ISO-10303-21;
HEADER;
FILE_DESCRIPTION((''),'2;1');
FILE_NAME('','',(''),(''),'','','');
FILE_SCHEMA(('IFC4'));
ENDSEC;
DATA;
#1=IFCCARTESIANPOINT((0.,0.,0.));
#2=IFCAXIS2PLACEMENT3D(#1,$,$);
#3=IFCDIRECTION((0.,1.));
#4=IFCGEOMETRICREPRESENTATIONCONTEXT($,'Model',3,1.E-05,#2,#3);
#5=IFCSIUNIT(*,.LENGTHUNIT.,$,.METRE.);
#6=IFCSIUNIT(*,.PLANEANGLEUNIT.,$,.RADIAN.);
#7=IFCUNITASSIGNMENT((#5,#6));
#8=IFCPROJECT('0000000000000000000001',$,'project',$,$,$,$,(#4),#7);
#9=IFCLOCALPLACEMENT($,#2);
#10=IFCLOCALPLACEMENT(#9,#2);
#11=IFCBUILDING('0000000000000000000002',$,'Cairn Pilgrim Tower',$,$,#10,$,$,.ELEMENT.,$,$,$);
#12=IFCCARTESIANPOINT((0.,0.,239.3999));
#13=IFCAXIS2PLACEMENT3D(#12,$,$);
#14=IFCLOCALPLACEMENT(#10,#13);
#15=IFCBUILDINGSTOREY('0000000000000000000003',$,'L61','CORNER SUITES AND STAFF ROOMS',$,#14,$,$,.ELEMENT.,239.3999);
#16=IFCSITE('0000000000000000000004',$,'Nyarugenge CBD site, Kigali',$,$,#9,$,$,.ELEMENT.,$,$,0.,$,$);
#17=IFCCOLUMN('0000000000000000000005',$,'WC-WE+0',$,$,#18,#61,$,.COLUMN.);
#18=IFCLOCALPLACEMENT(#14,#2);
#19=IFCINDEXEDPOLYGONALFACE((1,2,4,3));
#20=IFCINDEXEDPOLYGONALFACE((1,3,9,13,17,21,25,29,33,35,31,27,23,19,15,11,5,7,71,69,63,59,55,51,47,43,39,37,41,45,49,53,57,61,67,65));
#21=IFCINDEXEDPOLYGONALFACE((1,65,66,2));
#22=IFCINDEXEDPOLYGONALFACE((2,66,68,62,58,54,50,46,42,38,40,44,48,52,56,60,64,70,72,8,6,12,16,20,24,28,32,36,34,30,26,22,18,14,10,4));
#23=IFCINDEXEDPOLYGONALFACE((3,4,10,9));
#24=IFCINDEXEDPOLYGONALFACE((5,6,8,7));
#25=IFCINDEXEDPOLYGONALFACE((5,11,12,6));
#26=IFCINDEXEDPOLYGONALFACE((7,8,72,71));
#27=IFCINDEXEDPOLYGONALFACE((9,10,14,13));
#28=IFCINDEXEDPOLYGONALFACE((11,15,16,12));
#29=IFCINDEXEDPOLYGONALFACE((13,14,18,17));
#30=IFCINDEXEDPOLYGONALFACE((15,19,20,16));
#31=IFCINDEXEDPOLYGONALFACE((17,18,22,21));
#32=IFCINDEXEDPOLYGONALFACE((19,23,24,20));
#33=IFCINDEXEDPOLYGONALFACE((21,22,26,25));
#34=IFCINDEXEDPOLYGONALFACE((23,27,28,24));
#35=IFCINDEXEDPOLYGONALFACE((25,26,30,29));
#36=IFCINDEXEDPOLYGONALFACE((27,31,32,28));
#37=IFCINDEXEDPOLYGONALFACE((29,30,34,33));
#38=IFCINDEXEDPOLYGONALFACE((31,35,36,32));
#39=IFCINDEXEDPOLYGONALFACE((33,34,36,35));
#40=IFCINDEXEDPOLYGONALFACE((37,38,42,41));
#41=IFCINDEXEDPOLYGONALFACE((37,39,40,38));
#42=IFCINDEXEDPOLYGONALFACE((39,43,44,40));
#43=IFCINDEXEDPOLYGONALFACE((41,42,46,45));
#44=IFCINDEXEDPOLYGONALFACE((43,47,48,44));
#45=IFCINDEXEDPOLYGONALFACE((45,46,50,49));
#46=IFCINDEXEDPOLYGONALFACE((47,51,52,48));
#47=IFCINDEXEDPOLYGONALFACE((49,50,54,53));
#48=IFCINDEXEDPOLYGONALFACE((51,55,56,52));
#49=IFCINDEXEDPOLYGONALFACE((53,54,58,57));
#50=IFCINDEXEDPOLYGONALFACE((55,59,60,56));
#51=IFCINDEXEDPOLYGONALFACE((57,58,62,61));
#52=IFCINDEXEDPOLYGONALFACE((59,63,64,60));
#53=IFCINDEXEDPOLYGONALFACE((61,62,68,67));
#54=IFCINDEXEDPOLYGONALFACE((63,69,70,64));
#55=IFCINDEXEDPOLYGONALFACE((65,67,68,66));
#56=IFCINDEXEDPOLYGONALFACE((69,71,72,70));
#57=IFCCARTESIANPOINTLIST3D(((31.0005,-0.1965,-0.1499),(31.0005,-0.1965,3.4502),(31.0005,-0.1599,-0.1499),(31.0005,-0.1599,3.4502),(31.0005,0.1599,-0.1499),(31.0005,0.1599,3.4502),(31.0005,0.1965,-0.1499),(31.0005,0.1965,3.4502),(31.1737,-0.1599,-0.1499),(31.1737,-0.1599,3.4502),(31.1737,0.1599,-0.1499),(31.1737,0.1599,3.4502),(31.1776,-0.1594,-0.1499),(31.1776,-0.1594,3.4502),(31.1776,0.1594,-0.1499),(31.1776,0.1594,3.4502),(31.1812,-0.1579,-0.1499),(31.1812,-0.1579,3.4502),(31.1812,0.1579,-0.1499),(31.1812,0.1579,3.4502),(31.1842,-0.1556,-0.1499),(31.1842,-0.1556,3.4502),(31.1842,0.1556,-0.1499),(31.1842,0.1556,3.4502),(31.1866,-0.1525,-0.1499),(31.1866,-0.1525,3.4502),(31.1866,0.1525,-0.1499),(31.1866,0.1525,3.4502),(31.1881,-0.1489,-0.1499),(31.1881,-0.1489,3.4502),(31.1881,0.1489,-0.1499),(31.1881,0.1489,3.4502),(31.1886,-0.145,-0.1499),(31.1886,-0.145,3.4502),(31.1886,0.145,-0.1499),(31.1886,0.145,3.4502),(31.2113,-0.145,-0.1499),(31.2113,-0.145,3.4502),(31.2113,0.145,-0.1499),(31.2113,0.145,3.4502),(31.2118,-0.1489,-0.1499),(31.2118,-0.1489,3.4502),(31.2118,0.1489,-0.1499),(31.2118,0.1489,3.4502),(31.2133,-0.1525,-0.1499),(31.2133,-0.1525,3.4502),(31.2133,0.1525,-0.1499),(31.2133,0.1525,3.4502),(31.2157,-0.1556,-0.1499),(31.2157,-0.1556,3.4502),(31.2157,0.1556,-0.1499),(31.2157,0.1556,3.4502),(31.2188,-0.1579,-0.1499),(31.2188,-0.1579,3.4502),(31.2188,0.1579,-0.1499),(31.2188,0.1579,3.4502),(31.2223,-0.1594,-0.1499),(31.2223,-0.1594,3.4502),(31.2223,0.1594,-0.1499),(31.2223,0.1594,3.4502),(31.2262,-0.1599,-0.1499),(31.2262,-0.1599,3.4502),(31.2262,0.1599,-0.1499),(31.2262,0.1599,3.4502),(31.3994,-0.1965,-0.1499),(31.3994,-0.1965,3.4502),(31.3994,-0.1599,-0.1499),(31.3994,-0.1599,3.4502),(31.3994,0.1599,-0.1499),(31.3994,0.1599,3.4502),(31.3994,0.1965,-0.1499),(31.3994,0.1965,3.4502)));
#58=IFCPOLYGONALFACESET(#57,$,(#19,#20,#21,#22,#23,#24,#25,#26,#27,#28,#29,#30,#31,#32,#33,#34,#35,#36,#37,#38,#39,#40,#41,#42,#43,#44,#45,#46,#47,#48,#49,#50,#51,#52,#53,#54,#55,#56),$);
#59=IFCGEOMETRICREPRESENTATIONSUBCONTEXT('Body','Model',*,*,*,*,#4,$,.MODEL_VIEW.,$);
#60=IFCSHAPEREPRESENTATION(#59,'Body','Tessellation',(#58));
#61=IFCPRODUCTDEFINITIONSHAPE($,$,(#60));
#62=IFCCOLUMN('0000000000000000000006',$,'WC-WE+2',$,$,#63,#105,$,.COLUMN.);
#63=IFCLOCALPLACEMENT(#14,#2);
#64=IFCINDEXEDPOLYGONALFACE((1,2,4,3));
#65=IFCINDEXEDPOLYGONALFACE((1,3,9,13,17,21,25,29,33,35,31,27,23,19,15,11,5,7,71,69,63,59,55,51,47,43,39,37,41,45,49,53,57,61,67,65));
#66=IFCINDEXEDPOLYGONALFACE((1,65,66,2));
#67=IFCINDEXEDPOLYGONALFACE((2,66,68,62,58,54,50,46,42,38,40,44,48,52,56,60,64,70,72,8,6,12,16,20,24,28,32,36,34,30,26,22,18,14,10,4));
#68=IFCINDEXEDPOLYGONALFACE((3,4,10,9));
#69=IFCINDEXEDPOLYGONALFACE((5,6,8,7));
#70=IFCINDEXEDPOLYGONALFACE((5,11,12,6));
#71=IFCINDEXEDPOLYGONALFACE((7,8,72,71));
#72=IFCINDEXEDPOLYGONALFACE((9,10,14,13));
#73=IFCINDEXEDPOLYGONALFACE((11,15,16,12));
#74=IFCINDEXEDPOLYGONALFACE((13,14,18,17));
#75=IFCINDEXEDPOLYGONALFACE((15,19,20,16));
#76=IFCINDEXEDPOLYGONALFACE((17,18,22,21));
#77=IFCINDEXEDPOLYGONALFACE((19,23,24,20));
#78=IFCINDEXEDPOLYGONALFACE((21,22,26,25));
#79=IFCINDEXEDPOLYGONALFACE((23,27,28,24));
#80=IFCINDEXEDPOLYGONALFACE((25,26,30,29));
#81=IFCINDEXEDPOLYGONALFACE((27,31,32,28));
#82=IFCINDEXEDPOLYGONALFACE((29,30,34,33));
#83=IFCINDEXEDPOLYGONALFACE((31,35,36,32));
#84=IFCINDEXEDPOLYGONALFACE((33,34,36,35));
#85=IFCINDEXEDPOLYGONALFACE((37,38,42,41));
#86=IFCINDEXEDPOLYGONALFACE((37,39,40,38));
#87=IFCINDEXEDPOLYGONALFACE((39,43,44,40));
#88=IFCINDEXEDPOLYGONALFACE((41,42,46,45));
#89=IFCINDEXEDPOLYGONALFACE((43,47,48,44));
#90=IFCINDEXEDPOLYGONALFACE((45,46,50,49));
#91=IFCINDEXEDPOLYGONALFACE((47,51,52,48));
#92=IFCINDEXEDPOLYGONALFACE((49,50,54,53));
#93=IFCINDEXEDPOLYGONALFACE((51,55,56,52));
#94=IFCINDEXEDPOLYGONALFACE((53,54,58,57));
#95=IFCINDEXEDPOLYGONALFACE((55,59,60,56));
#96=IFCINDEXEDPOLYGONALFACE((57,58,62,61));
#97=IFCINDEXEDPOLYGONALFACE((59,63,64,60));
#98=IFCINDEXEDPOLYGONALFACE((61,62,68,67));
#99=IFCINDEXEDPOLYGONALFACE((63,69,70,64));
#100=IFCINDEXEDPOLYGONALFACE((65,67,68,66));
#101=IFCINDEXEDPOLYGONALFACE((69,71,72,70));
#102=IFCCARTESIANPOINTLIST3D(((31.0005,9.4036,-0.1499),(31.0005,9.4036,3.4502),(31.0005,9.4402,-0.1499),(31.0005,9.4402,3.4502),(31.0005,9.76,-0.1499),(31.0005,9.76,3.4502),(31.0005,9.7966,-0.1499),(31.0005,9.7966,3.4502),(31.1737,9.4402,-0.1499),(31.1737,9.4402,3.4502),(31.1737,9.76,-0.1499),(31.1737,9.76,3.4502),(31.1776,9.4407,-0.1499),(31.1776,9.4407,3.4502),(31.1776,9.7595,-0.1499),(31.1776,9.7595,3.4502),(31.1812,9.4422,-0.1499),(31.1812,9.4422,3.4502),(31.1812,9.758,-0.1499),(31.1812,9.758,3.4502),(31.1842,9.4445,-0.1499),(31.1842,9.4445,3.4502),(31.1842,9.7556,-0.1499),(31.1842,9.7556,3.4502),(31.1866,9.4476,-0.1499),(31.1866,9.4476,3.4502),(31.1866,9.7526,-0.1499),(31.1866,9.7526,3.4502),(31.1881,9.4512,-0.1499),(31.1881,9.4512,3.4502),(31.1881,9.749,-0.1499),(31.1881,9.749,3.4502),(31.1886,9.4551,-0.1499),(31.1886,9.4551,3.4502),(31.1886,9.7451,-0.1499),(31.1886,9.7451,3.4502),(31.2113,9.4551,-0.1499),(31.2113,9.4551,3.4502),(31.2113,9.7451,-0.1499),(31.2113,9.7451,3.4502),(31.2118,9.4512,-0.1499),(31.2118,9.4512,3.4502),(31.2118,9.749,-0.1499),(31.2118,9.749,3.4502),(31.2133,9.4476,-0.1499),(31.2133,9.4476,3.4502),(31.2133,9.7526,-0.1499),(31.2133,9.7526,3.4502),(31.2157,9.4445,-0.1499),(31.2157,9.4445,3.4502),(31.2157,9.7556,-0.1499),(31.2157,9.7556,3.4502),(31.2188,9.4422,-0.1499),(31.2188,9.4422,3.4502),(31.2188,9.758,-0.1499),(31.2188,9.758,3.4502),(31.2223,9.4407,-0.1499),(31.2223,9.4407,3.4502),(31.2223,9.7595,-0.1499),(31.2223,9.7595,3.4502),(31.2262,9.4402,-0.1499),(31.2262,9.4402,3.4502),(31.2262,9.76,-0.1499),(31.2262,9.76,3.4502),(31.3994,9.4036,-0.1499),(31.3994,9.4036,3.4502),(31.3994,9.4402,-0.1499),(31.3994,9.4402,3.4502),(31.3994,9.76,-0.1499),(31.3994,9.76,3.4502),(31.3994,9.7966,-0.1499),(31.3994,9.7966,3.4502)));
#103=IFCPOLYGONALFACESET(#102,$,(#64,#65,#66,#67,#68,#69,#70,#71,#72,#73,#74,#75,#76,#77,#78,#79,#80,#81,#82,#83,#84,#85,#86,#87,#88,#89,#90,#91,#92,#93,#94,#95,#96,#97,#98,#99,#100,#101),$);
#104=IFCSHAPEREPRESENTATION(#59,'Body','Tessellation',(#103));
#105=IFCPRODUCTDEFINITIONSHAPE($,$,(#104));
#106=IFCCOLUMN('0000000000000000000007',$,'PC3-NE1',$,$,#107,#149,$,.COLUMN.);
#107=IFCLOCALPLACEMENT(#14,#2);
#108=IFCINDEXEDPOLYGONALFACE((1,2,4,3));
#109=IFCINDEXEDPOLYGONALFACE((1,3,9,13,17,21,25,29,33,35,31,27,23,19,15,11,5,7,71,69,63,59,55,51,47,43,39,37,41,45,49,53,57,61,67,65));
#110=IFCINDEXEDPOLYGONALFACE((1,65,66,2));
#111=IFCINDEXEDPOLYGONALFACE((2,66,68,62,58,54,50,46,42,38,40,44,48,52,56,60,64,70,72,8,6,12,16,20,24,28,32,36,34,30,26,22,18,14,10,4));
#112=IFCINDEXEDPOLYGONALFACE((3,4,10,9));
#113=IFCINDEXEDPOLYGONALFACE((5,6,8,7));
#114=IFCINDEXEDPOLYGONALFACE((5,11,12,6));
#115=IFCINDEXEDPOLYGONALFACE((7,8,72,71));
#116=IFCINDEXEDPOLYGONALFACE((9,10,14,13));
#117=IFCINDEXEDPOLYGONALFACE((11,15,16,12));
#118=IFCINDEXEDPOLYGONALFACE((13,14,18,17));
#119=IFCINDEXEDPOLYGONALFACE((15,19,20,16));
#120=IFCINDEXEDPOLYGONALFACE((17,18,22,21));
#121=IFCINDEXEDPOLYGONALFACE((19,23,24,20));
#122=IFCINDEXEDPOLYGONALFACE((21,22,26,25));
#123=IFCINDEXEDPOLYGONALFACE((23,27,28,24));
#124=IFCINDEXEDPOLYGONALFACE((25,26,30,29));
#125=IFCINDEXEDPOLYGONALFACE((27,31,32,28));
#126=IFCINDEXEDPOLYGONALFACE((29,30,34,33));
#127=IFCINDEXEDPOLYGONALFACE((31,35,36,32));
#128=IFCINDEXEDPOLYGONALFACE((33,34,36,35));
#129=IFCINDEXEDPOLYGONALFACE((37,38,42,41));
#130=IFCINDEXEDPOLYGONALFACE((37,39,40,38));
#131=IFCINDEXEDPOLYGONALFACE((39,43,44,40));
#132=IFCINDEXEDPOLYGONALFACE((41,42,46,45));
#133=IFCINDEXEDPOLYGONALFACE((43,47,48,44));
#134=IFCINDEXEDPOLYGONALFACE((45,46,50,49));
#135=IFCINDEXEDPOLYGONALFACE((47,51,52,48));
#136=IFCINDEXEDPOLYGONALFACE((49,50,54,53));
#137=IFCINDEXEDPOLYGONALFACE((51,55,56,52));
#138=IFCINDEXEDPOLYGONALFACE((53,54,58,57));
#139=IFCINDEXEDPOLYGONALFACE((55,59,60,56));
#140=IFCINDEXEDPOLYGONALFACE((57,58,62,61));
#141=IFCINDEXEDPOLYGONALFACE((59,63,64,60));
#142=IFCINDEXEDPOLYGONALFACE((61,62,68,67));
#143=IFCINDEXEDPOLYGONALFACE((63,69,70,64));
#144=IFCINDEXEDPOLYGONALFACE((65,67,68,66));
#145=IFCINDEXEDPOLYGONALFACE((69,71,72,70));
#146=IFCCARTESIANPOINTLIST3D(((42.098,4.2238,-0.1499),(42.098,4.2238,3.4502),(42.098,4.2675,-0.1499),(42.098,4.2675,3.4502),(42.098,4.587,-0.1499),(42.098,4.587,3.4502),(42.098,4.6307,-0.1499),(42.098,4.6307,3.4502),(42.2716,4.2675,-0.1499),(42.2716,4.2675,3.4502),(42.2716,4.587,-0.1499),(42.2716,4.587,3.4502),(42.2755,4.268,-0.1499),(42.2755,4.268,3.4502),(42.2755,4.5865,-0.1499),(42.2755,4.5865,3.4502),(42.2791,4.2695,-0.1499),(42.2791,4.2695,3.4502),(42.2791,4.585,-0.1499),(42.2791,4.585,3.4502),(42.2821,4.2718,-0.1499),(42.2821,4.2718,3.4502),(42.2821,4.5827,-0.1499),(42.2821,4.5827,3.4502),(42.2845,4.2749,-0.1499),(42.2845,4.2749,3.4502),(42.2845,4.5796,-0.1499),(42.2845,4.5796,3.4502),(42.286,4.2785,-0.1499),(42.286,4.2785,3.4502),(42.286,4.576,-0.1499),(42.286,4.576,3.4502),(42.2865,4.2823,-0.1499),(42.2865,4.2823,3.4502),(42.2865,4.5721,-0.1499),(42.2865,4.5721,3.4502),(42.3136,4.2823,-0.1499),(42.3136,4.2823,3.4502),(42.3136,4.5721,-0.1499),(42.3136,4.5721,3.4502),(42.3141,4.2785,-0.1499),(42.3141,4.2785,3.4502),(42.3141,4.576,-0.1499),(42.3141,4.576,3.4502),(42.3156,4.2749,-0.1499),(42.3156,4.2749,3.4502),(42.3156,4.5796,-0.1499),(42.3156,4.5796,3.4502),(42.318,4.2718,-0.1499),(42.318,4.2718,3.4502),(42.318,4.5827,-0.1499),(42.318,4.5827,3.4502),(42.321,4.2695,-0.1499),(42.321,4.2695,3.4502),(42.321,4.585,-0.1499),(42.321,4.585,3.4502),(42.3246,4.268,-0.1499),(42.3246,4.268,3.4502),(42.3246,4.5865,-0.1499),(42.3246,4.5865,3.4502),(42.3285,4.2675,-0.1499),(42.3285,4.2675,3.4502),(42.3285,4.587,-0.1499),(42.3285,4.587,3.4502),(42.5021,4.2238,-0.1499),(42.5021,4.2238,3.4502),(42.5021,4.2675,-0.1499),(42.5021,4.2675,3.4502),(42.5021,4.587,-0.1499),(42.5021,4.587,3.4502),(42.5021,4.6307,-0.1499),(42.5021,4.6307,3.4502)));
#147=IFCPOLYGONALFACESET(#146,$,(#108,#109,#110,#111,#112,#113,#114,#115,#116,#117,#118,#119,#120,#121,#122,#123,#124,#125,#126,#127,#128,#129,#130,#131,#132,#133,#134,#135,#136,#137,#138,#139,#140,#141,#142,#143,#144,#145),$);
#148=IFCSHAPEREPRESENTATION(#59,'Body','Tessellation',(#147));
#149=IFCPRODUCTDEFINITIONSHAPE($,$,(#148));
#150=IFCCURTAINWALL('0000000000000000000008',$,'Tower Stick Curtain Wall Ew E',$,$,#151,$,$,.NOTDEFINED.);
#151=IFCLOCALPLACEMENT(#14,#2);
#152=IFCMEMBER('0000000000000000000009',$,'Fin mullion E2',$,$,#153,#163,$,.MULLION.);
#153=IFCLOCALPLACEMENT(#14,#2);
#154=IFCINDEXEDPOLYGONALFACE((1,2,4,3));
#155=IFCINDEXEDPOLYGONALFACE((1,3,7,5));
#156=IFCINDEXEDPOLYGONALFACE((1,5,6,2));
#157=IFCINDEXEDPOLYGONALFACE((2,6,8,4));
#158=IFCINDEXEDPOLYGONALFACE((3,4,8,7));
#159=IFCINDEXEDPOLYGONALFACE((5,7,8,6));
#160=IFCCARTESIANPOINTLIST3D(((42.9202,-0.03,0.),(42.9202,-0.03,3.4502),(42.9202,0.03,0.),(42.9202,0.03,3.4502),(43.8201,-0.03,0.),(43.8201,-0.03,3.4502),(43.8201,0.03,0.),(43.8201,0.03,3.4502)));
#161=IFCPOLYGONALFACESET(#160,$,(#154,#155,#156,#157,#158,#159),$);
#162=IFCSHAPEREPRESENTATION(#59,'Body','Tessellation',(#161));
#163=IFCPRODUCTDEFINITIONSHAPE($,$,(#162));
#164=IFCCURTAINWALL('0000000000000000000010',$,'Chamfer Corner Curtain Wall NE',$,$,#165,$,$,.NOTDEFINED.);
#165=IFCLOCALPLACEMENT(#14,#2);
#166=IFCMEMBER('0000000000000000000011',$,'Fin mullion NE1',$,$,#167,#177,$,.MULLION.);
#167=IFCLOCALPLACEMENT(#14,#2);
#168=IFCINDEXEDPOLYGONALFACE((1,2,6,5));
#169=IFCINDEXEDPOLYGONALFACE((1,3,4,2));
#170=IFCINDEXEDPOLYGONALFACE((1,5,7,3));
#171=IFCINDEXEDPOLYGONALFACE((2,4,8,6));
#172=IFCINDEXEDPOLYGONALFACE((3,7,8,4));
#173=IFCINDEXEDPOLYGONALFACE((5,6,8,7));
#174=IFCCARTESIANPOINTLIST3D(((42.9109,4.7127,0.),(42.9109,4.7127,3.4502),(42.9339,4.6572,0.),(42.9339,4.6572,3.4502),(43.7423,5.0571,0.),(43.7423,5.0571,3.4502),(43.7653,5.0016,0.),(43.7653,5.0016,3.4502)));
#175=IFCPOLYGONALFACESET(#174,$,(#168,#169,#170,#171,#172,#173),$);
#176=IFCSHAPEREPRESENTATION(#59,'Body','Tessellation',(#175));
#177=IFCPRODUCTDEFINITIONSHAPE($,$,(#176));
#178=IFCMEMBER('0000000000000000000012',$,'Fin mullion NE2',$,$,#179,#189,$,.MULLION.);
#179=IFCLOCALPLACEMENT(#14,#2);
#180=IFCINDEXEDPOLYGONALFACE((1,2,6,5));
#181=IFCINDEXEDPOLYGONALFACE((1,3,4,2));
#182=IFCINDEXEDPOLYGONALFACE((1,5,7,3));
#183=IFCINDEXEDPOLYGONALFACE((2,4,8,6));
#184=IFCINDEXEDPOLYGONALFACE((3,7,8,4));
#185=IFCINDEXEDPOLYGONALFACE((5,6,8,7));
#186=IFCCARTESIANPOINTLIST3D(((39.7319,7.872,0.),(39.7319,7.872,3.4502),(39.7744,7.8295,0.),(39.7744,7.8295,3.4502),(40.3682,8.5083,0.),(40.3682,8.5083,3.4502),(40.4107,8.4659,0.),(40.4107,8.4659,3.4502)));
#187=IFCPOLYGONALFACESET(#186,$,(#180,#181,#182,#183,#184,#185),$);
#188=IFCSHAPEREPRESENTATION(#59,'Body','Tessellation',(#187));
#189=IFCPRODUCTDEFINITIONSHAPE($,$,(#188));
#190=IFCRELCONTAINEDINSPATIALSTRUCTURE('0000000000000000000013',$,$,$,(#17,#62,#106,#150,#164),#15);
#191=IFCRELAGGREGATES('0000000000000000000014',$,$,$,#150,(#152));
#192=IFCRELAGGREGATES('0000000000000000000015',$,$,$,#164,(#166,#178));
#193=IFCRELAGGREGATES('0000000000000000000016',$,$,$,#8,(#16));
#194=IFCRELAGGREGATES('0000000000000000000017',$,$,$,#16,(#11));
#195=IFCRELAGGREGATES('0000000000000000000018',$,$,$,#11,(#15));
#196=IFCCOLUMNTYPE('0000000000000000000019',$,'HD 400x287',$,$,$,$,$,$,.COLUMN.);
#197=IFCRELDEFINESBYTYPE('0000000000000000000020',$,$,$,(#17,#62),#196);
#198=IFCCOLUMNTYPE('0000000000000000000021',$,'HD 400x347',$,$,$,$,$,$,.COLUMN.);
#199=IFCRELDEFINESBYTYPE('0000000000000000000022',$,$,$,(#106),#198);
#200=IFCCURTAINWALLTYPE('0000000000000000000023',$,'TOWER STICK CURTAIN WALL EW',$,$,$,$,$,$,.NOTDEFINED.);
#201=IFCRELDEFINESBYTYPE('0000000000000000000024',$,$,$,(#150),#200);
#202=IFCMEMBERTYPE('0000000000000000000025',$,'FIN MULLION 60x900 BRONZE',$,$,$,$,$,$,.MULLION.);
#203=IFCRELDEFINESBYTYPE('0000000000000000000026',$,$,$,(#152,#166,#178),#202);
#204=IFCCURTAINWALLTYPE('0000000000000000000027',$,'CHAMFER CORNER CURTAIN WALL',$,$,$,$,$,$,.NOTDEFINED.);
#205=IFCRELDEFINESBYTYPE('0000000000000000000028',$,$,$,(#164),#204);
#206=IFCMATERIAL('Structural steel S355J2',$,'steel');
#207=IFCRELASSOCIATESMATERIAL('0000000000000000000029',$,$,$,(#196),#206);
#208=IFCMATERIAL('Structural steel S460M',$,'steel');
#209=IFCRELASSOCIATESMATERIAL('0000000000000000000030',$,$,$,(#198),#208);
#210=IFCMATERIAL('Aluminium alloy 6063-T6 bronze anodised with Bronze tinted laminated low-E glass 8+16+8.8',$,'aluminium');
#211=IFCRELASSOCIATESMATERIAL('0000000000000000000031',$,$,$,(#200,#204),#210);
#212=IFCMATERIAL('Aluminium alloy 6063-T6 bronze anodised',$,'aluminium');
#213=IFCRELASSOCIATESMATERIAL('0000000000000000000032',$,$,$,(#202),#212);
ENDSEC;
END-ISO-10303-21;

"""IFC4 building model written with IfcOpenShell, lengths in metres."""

from ifc_helpers import new_model, si_unit, direction, frame, origin, origin_2d, place, context, subcontext, project, spatial, rectangle, i_section, extrude, material, material_profile, profile_set, type_object, element, aggregate, save


model = new_model("IFC4")

# Units and contexts
model_context = context("Model", 3, precision=1e-05, world=origin(), true_north=direction((0.0, 1.0)))
body_context = subcontext(model_context, "Body", "Model", "MODEL_VIEW")
ifc_project = project(units=[si_unit("LENGTHUNIT", "METRE"), si_unit("PLANEANGLEUNIT", "RADIAN")], contexts=[model_context])

# Site, building, storey
site_placement = place(None, origin())
site = spatial("IfcSite", under=ifc_project, at=site_placement, Name="Nyarugenge CBD site, Kigali", CompositionType="ELEMENT", RefElevation=0.0)
building_placement = place(site_placement, origin())
building = spatial("IfcBuilding", under=site, at=building_placement, Name="Cairn Pilgrim Tower", CompositionType="ELEMENT")
storey_placement = place(building_placement, frame((0.0, 0.0, 239.3999)))
storey = spatial("IfcBuildingStorey", under=building, at=storey_placement, Name="L61", Description="CORNER SUITES AND STAFF ROOMS", CompositionType="ELEMENT", Elevation=239.3999)

# Columns
ifc_material_1 = material(Name="Structural steel S355J2", Category="steel")
ifc_material_profile_1 = material_profile(ifc_material_1, i_section(OverallWidth=0.3989, OverallDepth=0.3931, WebThickness=0.0227, FlangeThickness=0.0366, FilletRadius=0.0149, at=origin_2d()), Name="HD 400x287")
ifc_profile_set_1 = profile_set([ifc_material_profile_1], Name="Structural steel S355J2")
column_type_1 = type_object("IfcColumnType", Name="HD 400x287", PredefinedType="COLUMN", material=ifc_profile_set_1)
for number, where, z_axis, x_axis, name in (
    (1, (31.2, 0.0, -0.1499), (0.0, 0.0, 1.0), (1.0, 0.0, 0.0), "WC-WE+0"),
    (2, (31.2, 9.6001, -0.1499), (0.0, 0.0, 1.0), (1.0, 0.0, 0.0), "WC-WE+2"),
):
    element("IfcColumn", number, at=place(storey_placement, frame(where, z_axis=z_axis, x_axis=x_axis)), inside=storey, type_object=column_type_1, Name=name, PredefinedType="COLUMN", context=body_context, shape_type="SweptSolid", body=[
        extrude(i_section(OverallWidth=0.3989, OverallDepth=0.3931, WebThickness=0.0227, FlangeThickness=0.0366, FilletRadius=0.0149, at=origin_2d()), origin(), (0.0, 0.0, 1.0), 3.6001),
    ])
ifc_material_2 = material(Name="Structural steel S460M", Category="steel")
ifc_material_profile_2 = material_profile(ifc_material_2, i_section(OverallWidth=0.4041, OverallDepth=0.407, WebThickness=0.0271, FlangeThickness=0.0437, FilletRadius=0.0149, at=origin_2d()), Name="HD 400x347")
ifc_profile_set_2 = profile_set([ifc_material_profile_2], Name="Structural steel S460M")
column_type_2 = type_object("IfcColumnType", Name="HD 400x347", PredefinedType="COLUMN", material=ifc_profile_set_2)
column_placement = place(storey_placement, frame((42.3, 4.4272, -0.1499), z_axis=(0.0, 0.0, 1.0), x_axis=(1.0, 0.0, 0.0)))
element("IfcColumn", 3, at=column_placement, inside=storey, type_object=column_type_2, Name="PC3-NE1", PredefinedType="COLUMN", context=body_context, shape_type="SweptSolid", body=[
    extrude(i_section(OverallWidth=0.4041, OverallDepth=0.407, WebThickness=0.0271, FlangeThickness=0.0437, FilletRadius=0.0149, at=origin_2d()), origin(), (0.0, 0.0, 1.0), 3.6001),
])

# Curtain wall, member
ifc_material_3 = material(Name="Aluminium alloy 6063-T6 bronze anodised with Bronze tinted laminated low-E glass 8+16+8.8", Category="aluminium")
curtain_wall_type_1 = type_object("IfcCurtainWallType", Name="TOWER STICK CURTAIN WALL EW", PredefinedType="NOTDEFINED", material=ifc_material_3)
curtain_wall_1_placement = place(storey_placement, origin())
curtain_wall_1 = element("IfcCurtainWall", 4, at=curtain_wall_1_placement, inside=storey, type_object=curtain_wall_type_1, Name="Tower Stick Curtain Wall Ew E", PredefinedType="NOTDEFINED")
ifc_material_4 = material(Name="Aluminium alloy 6063-T6 bronze anodised", Category="aluminium")
ifc_material_profile_3 = material_profile(ifc_material_4, rectangle(XDim=0.8999, YDim=0.0601, at=origin_2d()), Name="FIN MULLION 60x900 BRONZE")
ifc_profile_set_3 = profile_set([ifc_material_profile_3], Name="Aluminium alloy 6063-T6 bronze anodised")
member_type_1 = type_object("IfcMemberType", Name="FIN MULLION 60x900 BRONZE", PredefinedType="MULLION", material=ifc_profile_set_3)
member_1_placement = place(storey_placement, frame((43.3701, 0.0, 0.0), z_axis=(0.0, 0.0, 1.0), x_axis=(1.0, 0.0, 0.0)))
member_1 = element("IfcMember", 5, at=member_1_placement, type_object=member_type_1, Name="Fin mullion E2", PredefinedType="MULLION", context=body_context, shape_type="SweptSolid", body=[
    extrude(rectangle(XDim=0.8999, YDim=0.0601, at=origin_2d()), origin(), (0.0, 0.0, 1.0), 3.4502),
])
aggregate(curtain_wall_1, [member_1])

# Curtain wall, members
curtain_wall_type_2 = type_object("IfcCurtainWallType", Name="CHAMFER CORNER CURTAIN WALL", PredefinedType="NOTDEFINED", material=ifc_material_3)
curtain_wall_2_placement = place(storey_placement, origin())
curtain_wall_2 = element("IfcCurtainWall", 6, at=curtain_wall_2_placement, inside=storey, type_object=curtain_wall_type_2, Name="Chamfer Corner Curtain Wall NE", PredefinedType="NOTDEFINED")
member_2_placement = place(storey_placement, frame((43.3381, 4.8572, 0.0), z_axis=(0.0, 0.0, 1.0), x_axis=(0.92388, 0.382683, 0.0)))
member_2 = element("IfcMember", 7, at=member_2_placement, type_object=member_type_1, Name="Fin mullion NE1", PredefinedType="MULLION", context=body_context, shape_type="SweptSolid", body=[
    extrude(rectangle(XDim=0.8999, YDim=0.0601, at=origin_2d()), origin(), (0.0, 0.0, 1.0), 3.4502),
])
member_3_placement = place(storey_placement, frame((40.0713, 8.1689, 0.0), z_axis=(0.0, 0.0, 1.0), x_axis=(0.707107, 0.707107, 0.0)))
member_3 = element("IfcMember", 8, at=member_3_placement, type_object=member_type_1, Name="Fin mullion NE2", PredefinedType="MULLION", context=body_context, shape_type="SweptSolid", body=[
    extrude(rectangle(XDim=0.8999, YDim=0.0601, at=origin_2d()), origin(), (0.0, 0.0, 1.0), 3.4502),
])

aggregate(curtain_wall_2, [member_2, member_3])

save(model, "model.ifc")
